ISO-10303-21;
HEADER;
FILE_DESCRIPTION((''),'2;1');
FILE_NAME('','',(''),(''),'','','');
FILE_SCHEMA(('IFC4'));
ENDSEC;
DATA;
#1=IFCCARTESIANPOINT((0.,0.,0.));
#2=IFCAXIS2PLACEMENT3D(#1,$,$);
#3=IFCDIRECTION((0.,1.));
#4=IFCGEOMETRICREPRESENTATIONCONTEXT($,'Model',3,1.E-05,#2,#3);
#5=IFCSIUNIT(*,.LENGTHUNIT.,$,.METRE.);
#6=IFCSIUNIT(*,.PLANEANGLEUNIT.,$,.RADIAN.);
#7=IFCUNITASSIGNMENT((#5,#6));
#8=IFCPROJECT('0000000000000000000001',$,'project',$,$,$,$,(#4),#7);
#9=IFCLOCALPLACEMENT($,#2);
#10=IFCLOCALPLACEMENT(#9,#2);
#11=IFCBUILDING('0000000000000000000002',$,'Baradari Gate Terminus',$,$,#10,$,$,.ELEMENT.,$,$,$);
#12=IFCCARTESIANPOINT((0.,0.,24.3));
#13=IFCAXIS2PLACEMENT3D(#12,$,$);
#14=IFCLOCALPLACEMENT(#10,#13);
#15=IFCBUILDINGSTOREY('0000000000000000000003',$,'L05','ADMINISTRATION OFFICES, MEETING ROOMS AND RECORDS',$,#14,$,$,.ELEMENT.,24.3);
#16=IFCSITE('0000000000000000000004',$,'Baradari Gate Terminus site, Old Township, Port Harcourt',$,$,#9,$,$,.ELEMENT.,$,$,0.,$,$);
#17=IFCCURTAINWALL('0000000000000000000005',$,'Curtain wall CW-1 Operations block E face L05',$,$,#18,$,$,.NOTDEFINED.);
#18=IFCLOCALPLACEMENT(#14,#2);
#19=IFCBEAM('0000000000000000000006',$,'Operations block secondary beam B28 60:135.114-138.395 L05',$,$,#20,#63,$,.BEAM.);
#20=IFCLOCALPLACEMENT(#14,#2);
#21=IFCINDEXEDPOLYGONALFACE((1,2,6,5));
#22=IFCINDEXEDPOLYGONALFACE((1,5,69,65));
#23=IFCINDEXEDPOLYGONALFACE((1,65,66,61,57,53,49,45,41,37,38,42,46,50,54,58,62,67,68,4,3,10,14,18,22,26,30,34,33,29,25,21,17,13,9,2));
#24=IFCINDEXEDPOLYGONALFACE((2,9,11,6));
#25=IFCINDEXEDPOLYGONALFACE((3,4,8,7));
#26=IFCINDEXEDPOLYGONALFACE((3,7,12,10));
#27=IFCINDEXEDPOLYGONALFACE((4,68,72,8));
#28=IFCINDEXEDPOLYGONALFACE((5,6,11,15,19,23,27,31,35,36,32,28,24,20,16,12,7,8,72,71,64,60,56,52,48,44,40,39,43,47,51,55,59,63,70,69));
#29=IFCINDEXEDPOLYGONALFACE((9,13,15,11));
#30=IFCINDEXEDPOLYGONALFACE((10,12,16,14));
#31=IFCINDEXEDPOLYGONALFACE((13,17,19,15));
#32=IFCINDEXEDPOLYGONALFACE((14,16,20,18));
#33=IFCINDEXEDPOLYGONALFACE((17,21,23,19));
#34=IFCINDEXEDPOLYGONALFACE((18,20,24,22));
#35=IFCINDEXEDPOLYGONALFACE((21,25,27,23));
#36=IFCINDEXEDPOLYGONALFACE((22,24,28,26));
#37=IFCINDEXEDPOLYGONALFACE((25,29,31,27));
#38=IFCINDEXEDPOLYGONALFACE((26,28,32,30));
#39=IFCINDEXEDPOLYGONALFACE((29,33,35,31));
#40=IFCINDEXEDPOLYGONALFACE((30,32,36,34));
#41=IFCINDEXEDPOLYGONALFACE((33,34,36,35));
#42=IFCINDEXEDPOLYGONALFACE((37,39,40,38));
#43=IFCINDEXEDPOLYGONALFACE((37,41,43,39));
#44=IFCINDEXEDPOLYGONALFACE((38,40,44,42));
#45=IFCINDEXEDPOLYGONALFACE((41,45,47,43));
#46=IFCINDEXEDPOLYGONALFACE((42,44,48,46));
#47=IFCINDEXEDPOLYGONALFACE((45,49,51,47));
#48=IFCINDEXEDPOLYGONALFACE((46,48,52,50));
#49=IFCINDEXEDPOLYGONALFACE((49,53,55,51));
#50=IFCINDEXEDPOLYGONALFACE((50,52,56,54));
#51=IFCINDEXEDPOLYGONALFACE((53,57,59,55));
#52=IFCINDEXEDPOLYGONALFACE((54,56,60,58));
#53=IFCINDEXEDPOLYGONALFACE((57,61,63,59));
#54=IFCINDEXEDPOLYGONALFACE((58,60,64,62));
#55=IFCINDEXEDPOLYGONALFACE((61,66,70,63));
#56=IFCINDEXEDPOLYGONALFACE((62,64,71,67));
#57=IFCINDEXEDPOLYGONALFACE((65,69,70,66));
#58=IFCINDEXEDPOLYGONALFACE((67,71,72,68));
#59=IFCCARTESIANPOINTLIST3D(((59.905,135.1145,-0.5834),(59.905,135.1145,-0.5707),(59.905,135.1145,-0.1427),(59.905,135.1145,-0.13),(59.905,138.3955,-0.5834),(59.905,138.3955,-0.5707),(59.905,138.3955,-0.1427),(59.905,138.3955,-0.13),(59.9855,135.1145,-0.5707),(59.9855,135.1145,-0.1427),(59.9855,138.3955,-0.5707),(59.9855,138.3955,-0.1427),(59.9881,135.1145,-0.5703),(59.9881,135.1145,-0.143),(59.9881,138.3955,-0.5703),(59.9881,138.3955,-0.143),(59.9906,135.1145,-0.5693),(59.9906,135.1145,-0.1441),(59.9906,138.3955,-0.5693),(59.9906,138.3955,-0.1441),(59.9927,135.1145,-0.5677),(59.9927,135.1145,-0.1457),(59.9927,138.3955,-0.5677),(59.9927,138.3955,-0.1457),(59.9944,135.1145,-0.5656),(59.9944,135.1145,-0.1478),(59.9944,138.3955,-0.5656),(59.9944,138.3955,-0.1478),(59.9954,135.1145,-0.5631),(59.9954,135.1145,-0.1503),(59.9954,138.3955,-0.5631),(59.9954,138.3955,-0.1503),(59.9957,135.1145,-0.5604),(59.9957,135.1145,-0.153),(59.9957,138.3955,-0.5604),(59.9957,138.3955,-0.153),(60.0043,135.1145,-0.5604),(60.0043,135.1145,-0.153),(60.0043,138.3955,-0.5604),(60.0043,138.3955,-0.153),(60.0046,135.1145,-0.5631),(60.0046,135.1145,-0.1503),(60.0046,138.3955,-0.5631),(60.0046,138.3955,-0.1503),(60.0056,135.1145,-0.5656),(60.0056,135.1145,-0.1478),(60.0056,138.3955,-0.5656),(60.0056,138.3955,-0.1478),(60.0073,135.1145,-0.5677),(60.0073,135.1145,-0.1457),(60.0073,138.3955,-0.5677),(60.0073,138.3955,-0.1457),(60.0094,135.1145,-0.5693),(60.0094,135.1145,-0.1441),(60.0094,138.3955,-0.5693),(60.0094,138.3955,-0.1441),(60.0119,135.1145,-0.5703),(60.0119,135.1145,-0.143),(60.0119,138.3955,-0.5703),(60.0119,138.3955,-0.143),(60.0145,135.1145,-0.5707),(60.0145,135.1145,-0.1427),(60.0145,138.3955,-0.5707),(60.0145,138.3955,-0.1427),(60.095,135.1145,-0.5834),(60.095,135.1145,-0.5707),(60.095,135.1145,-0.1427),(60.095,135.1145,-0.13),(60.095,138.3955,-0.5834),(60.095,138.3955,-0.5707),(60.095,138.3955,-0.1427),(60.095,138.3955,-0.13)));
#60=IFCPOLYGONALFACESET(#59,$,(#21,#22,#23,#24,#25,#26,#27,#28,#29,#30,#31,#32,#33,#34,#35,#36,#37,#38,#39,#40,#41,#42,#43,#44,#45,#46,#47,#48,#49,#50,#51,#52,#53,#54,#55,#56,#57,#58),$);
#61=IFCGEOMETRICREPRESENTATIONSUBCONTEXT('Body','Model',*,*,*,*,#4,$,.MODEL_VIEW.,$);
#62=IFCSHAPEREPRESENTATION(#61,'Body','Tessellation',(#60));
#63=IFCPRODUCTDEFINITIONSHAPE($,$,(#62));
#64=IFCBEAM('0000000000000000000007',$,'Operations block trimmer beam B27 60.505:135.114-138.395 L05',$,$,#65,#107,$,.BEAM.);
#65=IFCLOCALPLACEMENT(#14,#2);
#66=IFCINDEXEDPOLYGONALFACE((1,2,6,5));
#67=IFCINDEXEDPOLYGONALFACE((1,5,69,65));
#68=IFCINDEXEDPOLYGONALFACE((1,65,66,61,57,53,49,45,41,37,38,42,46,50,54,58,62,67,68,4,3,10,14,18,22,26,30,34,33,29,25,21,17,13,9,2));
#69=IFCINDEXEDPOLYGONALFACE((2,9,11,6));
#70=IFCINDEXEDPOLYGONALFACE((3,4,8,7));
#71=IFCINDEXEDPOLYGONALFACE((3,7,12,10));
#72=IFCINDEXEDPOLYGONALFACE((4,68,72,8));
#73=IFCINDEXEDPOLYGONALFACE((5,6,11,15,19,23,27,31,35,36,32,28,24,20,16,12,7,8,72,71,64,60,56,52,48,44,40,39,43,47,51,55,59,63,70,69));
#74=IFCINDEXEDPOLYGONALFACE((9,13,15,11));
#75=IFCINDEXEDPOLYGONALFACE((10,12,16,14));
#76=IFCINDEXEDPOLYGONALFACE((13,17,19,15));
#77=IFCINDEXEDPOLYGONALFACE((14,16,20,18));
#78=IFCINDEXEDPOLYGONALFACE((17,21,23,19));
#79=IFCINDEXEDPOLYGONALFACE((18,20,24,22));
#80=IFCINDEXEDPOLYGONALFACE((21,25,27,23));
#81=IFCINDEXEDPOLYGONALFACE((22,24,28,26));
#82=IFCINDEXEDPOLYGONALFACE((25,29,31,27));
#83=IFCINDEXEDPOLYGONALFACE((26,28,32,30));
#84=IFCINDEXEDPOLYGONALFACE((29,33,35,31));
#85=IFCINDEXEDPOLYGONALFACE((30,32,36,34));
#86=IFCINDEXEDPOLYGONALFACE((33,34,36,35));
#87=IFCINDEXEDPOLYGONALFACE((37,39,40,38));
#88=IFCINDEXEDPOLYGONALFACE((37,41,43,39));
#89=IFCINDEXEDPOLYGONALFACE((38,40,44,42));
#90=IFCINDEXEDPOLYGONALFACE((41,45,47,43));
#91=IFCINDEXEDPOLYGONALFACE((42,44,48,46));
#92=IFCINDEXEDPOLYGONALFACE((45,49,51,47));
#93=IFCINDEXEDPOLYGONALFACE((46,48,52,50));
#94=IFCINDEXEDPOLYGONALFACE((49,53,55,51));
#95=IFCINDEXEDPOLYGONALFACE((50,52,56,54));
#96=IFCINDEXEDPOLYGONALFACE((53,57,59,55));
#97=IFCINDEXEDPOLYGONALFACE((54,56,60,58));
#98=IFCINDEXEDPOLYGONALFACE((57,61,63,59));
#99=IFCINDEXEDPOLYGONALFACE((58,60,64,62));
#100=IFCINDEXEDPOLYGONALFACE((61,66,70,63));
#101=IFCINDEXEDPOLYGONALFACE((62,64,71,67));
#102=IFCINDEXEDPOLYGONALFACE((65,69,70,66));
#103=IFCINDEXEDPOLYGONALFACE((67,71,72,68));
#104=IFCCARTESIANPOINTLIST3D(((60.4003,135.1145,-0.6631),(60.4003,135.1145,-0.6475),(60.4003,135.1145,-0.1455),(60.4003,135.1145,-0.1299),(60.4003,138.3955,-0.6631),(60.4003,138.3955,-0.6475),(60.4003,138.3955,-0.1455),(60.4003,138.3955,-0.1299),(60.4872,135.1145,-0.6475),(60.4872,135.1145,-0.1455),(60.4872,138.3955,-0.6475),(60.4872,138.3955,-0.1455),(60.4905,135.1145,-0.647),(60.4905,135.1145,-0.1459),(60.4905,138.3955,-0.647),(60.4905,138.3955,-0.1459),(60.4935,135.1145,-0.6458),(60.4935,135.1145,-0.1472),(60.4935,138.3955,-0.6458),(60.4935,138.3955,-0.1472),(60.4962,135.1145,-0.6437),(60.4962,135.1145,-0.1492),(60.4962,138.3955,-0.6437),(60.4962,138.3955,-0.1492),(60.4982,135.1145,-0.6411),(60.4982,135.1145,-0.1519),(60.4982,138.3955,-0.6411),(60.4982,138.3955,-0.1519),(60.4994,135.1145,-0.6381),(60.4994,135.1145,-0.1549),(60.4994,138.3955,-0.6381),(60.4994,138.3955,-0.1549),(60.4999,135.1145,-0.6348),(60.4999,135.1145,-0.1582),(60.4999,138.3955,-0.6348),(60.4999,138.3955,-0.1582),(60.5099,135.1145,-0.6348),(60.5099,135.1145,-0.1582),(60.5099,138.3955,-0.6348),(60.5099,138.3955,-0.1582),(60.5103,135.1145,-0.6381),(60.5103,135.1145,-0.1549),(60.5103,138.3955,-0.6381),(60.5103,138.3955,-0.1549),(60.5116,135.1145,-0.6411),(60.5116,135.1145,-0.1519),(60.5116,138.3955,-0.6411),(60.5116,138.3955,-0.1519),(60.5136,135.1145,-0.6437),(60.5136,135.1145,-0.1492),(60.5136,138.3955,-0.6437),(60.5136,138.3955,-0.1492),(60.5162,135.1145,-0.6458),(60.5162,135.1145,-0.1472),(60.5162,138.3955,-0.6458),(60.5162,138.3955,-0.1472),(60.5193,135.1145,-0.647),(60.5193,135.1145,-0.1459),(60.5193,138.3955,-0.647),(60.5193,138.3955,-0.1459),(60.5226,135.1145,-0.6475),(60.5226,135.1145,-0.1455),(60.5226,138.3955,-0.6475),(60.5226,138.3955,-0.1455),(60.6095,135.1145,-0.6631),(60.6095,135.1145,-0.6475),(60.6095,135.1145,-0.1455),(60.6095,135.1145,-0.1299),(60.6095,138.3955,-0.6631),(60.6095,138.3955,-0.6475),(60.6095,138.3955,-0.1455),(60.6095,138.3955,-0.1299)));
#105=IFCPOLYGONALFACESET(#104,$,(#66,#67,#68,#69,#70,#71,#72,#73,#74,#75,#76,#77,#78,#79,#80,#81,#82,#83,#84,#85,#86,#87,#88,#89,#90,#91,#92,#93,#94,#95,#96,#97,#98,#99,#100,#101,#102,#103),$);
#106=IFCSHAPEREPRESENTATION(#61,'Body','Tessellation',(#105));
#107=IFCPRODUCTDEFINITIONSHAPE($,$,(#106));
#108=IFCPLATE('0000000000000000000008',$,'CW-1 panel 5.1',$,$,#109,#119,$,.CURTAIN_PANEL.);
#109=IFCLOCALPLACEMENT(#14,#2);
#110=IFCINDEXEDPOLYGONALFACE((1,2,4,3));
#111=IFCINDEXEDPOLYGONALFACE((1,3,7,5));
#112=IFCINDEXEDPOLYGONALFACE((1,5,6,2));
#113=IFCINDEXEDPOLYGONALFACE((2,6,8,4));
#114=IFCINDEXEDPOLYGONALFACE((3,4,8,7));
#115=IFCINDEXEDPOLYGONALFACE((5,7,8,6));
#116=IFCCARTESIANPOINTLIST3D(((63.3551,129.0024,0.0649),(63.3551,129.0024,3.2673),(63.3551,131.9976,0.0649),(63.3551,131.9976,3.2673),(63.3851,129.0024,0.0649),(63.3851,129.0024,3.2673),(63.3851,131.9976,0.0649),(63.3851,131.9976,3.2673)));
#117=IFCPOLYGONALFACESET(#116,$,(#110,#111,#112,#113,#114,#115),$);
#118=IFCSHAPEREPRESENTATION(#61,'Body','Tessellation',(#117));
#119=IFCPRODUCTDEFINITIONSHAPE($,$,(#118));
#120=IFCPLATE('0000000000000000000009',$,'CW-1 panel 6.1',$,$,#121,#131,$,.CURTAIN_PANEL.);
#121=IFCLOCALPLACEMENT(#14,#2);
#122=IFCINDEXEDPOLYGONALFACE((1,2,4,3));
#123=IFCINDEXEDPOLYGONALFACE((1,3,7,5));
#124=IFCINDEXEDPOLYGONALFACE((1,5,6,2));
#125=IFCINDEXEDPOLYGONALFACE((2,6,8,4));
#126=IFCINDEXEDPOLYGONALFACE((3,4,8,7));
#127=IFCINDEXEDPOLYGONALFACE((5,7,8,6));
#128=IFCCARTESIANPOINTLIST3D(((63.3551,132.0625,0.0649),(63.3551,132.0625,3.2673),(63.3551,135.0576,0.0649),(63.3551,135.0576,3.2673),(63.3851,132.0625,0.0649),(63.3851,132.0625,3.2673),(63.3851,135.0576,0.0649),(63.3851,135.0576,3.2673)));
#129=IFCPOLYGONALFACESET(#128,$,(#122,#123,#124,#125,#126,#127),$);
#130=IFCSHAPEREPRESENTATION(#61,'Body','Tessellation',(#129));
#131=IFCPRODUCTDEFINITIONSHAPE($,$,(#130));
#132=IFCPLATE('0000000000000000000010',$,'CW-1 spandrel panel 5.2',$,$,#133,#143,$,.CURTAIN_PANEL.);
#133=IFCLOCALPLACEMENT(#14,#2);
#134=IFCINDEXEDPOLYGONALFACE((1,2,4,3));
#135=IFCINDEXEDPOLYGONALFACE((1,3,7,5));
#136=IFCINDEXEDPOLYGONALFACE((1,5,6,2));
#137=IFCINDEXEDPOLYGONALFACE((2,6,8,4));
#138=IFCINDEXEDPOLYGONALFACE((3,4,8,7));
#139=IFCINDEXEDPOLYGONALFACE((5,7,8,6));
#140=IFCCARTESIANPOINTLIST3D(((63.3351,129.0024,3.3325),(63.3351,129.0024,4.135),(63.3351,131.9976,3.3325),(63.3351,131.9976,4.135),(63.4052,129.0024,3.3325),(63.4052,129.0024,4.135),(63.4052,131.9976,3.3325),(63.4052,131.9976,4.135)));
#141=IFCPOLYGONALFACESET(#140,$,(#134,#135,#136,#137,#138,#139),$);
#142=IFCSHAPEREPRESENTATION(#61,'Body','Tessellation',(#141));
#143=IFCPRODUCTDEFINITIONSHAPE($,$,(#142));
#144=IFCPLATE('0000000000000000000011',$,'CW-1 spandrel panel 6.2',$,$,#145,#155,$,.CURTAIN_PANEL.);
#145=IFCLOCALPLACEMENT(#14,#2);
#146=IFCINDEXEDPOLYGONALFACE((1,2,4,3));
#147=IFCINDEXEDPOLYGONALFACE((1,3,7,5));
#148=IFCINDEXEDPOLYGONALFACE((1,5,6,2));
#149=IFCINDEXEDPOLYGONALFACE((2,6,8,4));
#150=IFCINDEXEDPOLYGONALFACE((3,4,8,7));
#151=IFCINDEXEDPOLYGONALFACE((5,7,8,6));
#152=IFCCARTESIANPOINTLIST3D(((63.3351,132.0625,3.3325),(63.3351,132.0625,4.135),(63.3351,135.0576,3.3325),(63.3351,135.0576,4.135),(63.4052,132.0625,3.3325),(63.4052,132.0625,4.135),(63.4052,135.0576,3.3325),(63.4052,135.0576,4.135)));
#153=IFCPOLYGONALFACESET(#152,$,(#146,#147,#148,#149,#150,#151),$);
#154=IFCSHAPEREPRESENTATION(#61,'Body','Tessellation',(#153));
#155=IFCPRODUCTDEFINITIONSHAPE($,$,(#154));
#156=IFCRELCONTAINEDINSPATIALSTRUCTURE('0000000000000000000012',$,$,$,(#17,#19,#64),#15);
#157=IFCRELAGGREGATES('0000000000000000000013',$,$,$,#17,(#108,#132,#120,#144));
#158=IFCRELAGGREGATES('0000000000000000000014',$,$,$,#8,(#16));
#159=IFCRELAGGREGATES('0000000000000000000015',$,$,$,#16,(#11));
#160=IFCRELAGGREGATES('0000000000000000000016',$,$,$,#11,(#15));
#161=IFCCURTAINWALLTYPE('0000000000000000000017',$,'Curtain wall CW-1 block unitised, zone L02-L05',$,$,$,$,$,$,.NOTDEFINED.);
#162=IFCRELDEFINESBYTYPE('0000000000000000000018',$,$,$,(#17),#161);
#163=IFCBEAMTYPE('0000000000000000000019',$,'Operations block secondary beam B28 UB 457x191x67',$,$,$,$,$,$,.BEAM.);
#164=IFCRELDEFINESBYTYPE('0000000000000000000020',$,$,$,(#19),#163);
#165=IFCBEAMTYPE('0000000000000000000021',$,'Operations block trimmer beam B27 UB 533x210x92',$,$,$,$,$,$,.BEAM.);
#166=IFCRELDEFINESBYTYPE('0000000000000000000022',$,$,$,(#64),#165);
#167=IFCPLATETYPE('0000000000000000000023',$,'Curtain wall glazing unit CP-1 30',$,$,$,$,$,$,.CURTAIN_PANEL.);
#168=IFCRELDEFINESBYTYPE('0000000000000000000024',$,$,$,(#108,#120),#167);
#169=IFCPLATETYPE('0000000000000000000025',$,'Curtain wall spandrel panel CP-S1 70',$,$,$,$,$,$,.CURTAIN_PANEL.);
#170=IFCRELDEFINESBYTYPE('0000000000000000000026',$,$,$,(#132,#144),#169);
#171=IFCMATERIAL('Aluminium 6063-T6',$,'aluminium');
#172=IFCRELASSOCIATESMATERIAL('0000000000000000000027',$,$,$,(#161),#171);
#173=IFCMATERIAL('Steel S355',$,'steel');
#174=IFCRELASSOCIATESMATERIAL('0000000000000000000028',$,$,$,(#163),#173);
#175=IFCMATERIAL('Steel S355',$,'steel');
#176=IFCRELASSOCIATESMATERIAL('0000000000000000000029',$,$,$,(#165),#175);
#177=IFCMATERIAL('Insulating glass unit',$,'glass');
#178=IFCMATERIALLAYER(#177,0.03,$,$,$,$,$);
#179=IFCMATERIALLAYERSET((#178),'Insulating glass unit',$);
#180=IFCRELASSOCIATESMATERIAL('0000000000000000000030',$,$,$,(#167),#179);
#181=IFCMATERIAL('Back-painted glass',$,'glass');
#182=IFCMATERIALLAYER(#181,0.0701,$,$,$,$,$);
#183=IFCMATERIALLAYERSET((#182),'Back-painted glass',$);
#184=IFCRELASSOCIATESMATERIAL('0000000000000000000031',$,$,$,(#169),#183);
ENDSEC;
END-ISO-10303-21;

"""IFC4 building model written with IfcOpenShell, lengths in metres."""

from ifc_helpers import new_model, si_unit, direction, frame, origin, origin_2d, place, context, subcontext, project, spatial, rectangle, i_section, extrude, material, layer, layer_set, material_profile, profile_set, type_object, element, aggregate, save


model = new_model("IFC4")

# Units and contexts
model_context = context("Model", 3, precision=1e-05, world=origin(), true_north=direction((0.0, 1.0)))
body_context = subcontext(model_context, "Body", "Model", "MODEL_VIEW")
ifc_project = project(units=[si_unit("LENGTHUNIT", "METRE"), si_unit("PLANEANGLEUNIT", "RADIAN")], contexts=[model_context])

# Site, building, storey
site_placement = place(None, origin())
site = spatial("IfcSite", under=ifc_project, at=site_placement, Name="Baradari Gate Terminus site, Old Township, Port Harcourt", CompositionType="ELEMENT", RefElevation=0.0)
building_placement = place(site_placement, origin())
building = spatial("IfcBuilding", under=site, at=building_placement, Name="Baradari Gate Terminus", CompositionType="ELEMENT")
storey_placement = place(building_placement, frame((0.0, 0.0, 24.3)))
storey = spatial("IfcBuildingStorey", under=building, at=storey_placement, Name="L05", Description="ADMINISTRATION OFFICES, MEETING ROOMS AND RECORDS", CompositionType="ELEMENT", Elevation=24.3)

# Curtain wall
ifc_material_1 = material(Name="Aluminium 6063-T6", Category="aluminium")
curtain_wall_type = type_object("IfcCurtainWallType", Name="Curtain wall CW-1 block unitised, zone L02-L05", PredefinedType="NOTDEFINED", material=ifc_material_1)
curtain_wall_placement = place(storey_placement, origin())
curtain_wall = element("IfcCurtainWall", 1, at=curtain_wall_placement, inside=storey, type_object=curtain_wall_type, Name="Curtain wall CW-1 Operations block E face L05", PredefinedType="NOTDEFINED")

# Beams
ifc_material_2 = material(Name="Steel S355", Category="steel")
ifc_material_profile_1 = material_profile(ifc_material_2, i_section(OverallWidth=0.1899, OverallDepth=0.4534, WebThickness=0.0085, FlangeThickness=0.0127, FilletRadius=0.0103, at=origin_2d()), Name="UB 457x191x67")
ifc_profile_set_1 = profile_set([ifc_material_profile_1], Name="Steel S355")
beam_type_1 = type_object("IfcBeamType", Name="Operations block secondary beam B28 UB 457x191x67", PredefinedType="BEAM", material=ifc_profile_set_1)
beam_1_placement = place(storey_placement, frame((60.0, 135.1145, -0.3567), z_axis=(0.0, 1.0, 0.0), x_axis=(-1.0, 0.0, 0.0)))
element("IfcBeam", 2, at=beam_1_placement, inside=storey, type_object=beam_type_1, Name="Operations block secondary beam B28 60:135.114-138.395 L05", PredefinedType="BEAM", context=body_context, shape_type="SweptSolid", body=[
    extrude(i_section(OverallWidth=0.1899, OverallDepth=0.4534, WebThickness=0.0085, FlangeThickness=0.0127, FilletRadius=0.0103, at=origin_2d()), origin(), (0.0, 0.0, 1.0), 3.281),
])
ifc_material_3 = material(Name="Steel S355", Category="steel")
ifc_material_profile_2 = material_profile(ifc_material_3, i_section(OverallWidth=0.2092, OverallDepth=0.5332, WebThickness=0.01, FlangeThickness=0.0156, FilletRadius=0.0127, at=origin_2d()), Name="UB 533x210x92")
ifc_profile_set_2 = profile_set([ifc_material_profile_2], Name="Steel S355")
beam_type_2 = type_object("IfcBeamType", Name="Operations block trimmer beam B27 UB 533x210x92", PredefinedType="BEAM", material=ifc_profile_set_2)
beam_2_placement = place(storey_placement, frame((60.5049, 135.1145, -0.3965), z_axis=(0.0, 1.0, 0.0), x_axis=(-1.0, 0.0, 0.0)))
element("IfcBeam", 3, at=beam_2_placement, inside=storey, type_object=beam_type_2, Name="Operations block trimmer beam B27 60.505:135.114-138.395 L05", PredefinedType="BEAM", context=body_context, shape_type="SweptSolid", body=[
    extrude(i_section(OverallWidth=0.2092, OverallDepth=0.5332, WebThickness=0.01, FlangeThickness=0.0156, FilletRadius=0.0127, at=origin_2d()), origin(), (0.0, 0.0, 1.0), 3.281),
])

# Plates
ifc_material_4 = material(Name="Insulating glass unit", Category="glass")
ifc_layer_1 = layer(ifc_material_4, 0.03)
ifc_layer_set_1 = layer_set([ifc_layer_1], Name="Insulating glass unit")
plate_type_1 = type_object("IfcPlateType", Name="Curtain wall glazing unit CP-1 30", PredefinedType="CURTAIN_PANEL", material=ifc_layer_set_1)
plate_1_placement = place(storey_placement, frame((63.3701, 130.5, 0.0649), z_axis=(0.0, 0.0, 1.0), x_axis=(0.0, 1.0, 0.0)))
plate_1 = element("IfcPlate", 4, at=plate_1_placement, type_object=plate_type_1, Name="CW-1 panel 5.1", PredefinedType="CURTAIN_PANEL", context=body_context, shape_type="SweptSolid", body=[
    extrude(rectangle(XDim=2.9951, YDim=0.03, at=origin_2d()), origin(), (0.0, 0.0, 1.0), 3.2024),
])
plate_2_placement = place(storey_placement, frame((63.3701, 133.5601, 0.0649), z_axis=(0.0, 0.0, 1.0), x_axis=(0.0, 1.0, 0.0)))
plate_2 = element("IfcPlate", 5, at=plate_2_placement, type_object=plate_type_1, Name="CW-1 panel 6.1", PredefinedType="CURTAIN_PANEL", context=body_context, shape_type="SweptSolid", body=[
    extrude(rectangle(XDim=2.9951, YDim=0.03, at=origin_2d()), origin(), (0.0, 0.0, 1.0), 3.2024),
])
ifc_material_5 = material(Name="Back-painted glass", Category="glass")
ifc_layer_2 = layer(ifc_material_5, 0.0701)
ifc_layer_set_2 = layer_set([ifc_layer_2], Name="Back-painted glass")
plate_type_2 = type_object("IfcPlateType", Name="Curtain wall spandrel panel CP-S1 70", PredefinedType="CURTAIN_PANEL", material=ifc_layer_set_2)
plate_3_placement = place(storey_placement, frame((63.3701, 130.5, 3.3325), z_axis=(0.0, 0.0, 1.0), x_axis=(0.0, 1.0, 0.0)))
plate_3 = element("IfcPlate", 6, at=plate_3_placement, type_object=plate_type_2, Name="CW-1 spandrel panel 5.2", PredefinedType="CURTAIN_PANEL", context=body_context, shape_type="SweptSolid", body=[
    extrude(rectangle(XDim=2.9951, YDim=0.0701, at=origin_2d()), origin(), (0.0, 0.0, 1.0), 0.8025),
])
plate_4_placement = place(storey_placement, frame((63.3701, 133.5601, 3.3325), z_axis=(0.0, 0.0, 1.0), x_axis=(0.0, 1.0, 0.0)))
plate_4 = element("IfcPlate", 7, at=plate_4_placement, type_object=plate_type_2, Name="CW-1 spandrel panel 6.2", PredefinedType="CURTAIN_PANEL", context=body_context, shape_type="SweptSolid", body=[
    extrude(rectangle(XDim=2.9951, YDim=0.0701, at=origin_2d()), origin(), (0.0, 0.0, 1.0), 0.8025),
])
aggregate(curtain_wall, [plate_1, plate_3, plate_2, plate_4])

save(model, "model.ifc")
